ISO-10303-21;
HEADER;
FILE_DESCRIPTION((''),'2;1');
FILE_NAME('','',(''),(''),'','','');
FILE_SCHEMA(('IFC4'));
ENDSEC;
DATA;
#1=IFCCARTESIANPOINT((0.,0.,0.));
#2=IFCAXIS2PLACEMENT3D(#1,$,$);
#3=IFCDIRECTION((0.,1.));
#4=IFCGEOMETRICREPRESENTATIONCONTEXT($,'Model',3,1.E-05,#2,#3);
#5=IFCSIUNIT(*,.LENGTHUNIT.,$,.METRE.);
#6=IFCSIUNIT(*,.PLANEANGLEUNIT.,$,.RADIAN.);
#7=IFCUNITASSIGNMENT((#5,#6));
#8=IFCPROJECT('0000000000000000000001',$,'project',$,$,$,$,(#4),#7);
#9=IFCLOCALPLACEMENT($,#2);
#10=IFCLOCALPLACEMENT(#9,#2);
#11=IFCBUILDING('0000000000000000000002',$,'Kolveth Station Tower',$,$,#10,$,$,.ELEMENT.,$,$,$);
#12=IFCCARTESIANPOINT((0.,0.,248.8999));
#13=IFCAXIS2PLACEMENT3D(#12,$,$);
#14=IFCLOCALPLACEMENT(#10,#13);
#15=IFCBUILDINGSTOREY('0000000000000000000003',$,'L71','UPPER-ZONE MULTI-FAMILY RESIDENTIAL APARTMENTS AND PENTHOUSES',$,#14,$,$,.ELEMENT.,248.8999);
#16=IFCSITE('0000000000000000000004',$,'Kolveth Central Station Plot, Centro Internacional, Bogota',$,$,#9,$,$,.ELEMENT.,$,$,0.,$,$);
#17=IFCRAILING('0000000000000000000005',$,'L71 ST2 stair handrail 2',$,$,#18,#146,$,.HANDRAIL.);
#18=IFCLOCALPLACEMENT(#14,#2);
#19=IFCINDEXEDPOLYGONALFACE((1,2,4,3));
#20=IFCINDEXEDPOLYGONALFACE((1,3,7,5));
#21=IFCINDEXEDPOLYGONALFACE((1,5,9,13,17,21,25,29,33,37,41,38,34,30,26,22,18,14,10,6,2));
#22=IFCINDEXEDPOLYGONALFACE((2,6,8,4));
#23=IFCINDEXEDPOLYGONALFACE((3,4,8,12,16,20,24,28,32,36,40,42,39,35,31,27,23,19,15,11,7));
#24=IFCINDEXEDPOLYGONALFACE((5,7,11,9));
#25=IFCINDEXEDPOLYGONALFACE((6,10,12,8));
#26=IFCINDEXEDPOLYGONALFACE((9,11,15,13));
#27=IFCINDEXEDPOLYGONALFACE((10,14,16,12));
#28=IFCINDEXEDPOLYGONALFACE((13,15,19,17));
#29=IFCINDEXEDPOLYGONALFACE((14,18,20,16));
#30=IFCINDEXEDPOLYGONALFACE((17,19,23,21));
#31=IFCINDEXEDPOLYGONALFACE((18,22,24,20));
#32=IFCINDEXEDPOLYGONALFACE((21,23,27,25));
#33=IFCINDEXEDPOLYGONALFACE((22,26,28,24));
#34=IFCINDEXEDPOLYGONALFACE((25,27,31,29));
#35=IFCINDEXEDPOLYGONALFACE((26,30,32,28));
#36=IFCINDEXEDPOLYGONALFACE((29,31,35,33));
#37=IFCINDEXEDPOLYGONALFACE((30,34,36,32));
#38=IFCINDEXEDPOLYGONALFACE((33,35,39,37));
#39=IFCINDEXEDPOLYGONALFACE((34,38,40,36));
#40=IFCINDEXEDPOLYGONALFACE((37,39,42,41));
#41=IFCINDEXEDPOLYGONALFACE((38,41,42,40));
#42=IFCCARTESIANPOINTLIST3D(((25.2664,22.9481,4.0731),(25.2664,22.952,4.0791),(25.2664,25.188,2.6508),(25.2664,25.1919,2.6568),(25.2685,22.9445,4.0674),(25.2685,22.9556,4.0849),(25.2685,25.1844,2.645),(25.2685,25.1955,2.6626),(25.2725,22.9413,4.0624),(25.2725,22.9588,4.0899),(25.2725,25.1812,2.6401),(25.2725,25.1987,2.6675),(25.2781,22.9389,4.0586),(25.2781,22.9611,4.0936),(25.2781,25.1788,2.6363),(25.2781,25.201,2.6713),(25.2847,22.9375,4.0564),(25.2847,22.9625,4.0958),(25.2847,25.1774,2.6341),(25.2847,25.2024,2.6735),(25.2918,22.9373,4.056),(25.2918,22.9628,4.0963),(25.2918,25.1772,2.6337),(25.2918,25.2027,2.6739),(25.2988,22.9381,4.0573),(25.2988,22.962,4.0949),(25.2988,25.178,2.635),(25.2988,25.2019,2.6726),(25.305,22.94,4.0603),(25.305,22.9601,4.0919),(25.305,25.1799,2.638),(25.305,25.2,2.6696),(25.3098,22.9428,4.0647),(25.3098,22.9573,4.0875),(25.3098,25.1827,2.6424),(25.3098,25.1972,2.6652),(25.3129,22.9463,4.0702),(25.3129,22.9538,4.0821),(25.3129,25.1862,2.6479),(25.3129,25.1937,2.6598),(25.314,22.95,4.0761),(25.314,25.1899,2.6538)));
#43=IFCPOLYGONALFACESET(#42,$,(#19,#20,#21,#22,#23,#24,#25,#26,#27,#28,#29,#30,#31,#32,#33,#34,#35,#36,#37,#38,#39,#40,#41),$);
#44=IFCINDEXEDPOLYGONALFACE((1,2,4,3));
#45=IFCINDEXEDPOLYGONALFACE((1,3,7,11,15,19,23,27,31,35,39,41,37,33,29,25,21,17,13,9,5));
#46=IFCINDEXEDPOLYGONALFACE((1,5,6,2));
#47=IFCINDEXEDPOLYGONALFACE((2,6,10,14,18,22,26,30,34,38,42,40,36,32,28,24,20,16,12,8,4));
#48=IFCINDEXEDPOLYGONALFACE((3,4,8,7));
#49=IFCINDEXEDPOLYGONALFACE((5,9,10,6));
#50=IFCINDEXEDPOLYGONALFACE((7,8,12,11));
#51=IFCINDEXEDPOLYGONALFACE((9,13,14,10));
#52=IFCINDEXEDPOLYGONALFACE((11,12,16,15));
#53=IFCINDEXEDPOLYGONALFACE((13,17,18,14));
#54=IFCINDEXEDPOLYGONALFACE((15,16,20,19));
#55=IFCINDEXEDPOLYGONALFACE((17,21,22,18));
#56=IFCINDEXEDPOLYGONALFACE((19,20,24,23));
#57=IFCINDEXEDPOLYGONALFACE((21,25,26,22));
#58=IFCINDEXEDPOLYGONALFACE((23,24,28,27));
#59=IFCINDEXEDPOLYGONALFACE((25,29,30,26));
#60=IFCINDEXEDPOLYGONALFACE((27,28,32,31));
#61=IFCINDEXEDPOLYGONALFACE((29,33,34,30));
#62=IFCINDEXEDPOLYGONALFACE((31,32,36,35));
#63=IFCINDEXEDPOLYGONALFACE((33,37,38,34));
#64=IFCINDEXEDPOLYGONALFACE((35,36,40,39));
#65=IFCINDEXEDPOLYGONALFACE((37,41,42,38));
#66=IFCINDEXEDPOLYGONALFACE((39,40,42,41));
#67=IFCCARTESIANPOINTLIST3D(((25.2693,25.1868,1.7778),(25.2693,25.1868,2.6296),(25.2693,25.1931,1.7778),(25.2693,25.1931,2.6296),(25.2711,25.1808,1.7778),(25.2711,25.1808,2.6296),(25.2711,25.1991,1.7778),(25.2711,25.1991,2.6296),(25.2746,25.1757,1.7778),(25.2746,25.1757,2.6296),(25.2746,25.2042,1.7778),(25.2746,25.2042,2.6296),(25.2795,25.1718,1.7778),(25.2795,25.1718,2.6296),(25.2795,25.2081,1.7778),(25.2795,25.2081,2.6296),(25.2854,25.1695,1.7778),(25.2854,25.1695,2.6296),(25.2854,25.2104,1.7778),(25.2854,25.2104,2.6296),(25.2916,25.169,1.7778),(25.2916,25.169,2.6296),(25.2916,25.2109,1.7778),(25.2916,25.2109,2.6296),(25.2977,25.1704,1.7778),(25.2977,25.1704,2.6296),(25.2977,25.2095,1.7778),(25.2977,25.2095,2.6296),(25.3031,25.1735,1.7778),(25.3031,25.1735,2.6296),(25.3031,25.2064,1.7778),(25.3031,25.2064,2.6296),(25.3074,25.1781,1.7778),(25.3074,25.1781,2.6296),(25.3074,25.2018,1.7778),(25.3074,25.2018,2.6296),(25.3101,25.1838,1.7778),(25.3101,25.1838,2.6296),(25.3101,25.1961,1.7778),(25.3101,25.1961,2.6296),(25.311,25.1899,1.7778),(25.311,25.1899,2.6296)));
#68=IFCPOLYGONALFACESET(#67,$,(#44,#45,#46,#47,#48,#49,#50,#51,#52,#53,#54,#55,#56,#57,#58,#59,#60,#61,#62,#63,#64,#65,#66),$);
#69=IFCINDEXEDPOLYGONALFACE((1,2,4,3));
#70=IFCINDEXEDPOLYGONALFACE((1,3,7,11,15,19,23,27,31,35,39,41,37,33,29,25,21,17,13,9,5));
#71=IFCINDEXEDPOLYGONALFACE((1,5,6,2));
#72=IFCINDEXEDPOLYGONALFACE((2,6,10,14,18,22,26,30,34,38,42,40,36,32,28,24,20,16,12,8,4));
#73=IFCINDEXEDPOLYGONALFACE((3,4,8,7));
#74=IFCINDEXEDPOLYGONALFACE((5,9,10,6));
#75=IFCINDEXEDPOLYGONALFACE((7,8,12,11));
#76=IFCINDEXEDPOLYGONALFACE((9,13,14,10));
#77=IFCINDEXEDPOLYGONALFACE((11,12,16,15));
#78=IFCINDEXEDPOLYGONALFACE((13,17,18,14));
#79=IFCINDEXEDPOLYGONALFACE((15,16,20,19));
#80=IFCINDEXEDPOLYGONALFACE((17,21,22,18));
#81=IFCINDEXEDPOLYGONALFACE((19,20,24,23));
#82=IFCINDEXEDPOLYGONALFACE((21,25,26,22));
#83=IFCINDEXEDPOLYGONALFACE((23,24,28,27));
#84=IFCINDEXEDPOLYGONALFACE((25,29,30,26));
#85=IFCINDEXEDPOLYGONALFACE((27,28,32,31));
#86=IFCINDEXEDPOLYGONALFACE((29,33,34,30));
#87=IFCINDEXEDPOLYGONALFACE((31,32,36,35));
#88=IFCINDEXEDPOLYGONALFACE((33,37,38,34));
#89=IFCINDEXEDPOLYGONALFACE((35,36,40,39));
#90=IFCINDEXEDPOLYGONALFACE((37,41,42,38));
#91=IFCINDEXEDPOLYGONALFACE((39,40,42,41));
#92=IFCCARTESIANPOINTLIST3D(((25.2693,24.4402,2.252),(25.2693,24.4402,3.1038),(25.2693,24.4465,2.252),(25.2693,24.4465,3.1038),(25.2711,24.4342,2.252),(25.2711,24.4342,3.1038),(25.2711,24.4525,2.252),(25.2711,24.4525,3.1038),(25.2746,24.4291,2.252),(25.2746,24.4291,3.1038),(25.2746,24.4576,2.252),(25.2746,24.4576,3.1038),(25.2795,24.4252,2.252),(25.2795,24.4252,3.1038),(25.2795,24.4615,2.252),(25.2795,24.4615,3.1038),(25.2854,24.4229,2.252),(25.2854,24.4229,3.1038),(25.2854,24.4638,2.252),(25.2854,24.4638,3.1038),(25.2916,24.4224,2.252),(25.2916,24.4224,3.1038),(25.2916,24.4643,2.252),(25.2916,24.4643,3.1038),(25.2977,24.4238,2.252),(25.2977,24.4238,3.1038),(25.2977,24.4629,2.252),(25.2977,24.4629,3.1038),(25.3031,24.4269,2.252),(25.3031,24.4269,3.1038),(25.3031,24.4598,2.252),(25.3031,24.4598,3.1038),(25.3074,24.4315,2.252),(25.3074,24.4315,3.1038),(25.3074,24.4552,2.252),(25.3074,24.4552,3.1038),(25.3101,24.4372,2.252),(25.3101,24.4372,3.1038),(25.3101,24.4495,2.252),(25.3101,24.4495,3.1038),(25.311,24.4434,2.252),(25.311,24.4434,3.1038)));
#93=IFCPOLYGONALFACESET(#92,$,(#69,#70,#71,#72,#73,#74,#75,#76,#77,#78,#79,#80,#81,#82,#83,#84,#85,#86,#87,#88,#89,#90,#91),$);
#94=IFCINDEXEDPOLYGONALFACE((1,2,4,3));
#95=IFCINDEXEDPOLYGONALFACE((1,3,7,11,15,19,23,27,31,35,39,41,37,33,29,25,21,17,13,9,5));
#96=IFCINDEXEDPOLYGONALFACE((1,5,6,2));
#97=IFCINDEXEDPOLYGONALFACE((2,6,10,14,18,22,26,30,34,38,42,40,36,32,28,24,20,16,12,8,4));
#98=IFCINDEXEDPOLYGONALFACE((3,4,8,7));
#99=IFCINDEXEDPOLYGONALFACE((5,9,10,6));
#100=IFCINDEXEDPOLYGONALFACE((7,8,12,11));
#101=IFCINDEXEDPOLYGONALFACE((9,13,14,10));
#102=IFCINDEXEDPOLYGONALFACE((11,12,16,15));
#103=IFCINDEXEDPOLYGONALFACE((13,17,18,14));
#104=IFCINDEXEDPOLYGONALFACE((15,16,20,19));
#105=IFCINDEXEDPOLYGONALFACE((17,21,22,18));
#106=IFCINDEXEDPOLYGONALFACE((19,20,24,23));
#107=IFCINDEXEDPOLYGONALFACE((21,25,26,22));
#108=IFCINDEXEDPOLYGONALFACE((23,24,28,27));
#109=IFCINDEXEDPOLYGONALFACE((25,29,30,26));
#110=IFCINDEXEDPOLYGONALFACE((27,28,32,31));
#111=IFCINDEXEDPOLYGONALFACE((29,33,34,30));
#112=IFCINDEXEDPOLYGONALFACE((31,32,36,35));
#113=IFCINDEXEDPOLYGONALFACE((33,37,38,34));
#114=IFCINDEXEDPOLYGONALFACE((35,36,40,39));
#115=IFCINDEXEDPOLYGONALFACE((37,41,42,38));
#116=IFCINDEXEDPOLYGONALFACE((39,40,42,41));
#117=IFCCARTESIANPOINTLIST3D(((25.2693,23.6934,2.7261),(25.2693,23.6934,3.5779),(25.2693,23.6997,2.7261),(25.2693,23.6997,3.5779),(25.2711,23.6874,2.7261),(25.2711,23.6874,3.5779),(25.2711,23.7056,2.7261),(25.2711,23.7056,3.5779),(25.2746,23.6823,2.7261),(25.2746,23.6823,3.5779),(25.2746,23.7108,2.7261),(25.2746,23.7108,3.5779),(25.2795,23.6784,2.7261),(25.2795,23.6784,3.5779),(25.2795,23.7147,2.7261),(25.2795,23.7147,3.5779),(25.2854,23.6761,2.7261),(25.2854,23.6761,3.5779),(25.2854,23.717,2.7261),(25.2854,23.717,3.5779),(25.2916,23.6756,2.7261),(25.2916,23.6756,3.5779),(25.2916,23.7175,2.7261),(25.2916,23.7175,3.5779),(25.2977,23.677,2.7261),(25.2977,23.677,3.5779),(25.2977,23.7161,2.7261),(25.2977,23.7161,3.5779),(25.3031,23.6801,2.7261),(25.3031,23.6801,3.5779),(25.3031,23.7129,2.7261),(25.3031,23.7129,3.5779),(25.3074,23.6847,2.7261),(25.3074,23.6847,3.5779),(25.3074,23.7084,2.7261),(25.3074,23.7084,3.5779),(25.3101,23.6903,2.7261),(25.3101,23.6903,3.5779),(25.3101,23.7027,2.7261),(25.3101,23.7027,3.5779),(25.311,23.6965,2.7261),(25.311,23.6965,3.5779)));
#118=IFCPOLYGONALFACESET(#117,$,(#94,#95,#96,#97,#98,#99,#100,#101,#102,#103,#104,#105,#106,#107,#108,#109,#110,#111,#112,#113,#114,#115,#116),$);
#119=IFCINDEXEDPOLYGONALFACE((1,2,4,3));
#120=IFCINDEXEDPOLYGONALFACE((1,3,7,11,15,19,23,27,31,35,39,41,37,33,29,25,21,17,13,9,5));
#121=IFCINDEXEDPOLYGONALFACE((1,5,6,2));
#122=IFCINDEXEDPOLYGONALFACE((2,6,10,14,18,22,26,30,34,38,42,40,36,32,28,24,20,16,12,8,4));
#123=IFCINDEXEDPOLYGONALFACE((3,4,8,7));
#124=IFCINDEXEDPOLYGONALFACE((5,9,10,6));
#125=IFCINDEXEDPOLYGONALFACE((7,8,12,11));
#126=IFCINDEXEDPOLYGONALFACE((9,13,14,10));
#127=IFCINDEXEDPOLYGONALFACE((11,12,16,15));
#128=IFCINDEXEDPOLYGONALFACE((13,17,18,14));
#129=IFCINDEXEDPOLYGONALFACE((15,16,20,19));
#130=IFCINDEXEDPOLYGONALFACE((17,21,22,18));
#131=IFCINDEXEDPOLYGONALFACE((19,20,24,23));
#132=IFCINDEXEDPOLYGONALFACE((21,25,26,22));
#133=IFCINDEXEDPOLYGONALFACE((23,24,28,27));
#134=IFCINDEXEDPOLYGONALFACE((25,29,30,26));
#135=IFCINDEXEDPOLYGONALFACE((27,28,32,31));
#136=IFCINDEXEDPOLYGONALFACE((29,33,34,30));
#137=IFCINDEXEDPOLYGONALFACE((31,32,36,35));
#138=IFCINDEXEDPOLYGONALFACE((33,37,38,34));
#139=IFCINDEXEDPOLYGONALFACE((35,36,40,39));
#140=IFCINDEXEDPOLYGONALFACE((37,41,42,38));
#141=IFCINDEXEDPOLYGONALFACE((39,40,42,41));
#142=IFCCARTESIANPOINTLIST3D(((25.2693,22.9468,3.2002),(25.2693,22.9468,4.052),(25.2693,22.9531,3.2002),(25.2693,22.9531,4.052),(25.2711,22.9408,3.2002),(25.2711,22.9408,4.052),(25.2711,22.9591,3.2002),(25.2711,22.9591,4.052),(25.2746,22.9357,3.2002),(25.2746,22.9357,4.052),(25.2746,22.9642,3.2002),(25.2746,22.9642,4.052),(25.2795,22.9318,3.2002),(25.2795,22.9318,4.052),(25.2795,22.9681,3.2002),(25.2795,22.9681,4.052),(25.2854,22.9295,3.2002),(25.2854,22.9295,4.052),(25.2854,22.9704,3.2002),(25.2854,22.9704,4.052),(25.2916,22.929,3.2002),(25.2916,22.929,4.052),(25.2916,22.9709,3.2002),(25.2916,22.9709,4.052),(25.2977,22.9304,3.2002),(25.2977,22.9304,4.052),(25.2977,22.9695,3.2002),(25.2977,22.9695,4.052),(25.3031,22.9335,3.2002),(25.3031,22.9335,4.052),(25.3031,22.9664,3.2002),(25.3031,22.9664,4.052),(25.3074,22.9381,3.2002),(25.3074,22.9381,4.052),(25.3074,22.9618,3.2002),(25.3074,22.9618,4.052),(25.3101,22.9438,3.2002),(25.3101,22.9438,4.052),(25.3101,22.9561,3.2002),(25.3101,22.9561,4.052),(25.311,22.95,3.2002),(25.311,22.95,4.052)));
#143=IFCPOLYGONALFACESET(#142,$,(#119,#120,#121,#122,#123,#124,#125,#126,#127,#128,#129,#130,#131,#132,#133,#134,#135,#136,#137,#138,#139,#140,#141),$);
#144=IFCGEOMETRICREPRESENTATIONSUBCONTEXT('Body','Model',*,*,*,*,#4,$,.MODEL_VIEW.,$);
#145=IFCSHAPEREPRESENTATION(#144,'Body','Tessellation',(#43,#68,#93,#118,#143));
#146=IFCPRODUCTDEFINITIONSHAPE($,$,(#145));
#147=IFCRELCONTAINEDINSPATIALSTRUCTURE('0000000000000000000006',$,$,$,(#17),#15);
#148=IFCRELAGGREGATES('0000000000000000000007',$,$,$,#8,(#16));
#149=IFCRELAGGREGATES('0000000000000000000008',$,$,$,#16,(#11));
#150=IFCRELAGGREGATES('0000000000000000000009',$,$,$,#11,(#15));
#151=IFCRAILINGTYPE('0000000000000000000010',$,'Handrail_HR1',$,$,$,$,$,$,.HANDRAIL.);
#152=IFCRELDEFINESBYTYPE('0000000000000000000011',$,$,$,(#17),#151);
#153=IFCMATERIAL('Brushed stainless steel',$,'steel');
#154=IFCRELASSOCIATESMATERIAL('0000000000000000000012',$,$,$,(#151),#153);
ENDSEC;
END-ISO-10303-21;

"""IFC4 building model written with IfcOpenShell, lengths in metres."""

from ifc_helpers import new_model, si_unit, direction, frame, origin, origin_2d, place, context, subcontext, project, spatial, circle, extrude, material, type_object, element, save


model = new_model("IFC4")

# Units and contexts
model_context = context("Model", 3, precision=1e-05, world=origin(), true_north=direction((0.0, 1.0)))
body_context = subcontext(model_context, "Body", "Model", "MODEL_VIEW")
ifc_project = project(units=[si_unit("LENGTHUNIT", "METRE"), si_unit("PLANEANGLEUNIT", "RADIAN")], contexts=[model_context])

# Site, building, storey
site_placement = place(None, origin())
site = spatial("IfcSite", under=ifc_project, at=site_placement, Name="Kolveth Central Station Plot, Centro Internacional, Bogota", CompositionType="ELEMENT", RefElevation=0.0)
building_placement = place(site_placement, origin())
building = spatial("IfcBuilding", under=site, at=building_placement, Name="Kolveth Station Tower", CompositionType="ELEMENT")
storey_placement = place(building_placement, frame((0.0, 0.0, 248.8999)))
storey = spatial("IfcBuildingStorey", under=building, at=storey_placement, Name="L71", Description="UPPER-ZONE MULTI-FAMILY RESIDENTIAL APARTMENTS AND PENTHOUSES", CompositionType="ELEMENT", Elevation=248.8999)

# Railing
ifc_material_1 = material(Name="Brushed stainless steel", Category="steel")
railing_type_1 = type_object("IfcRailingType", Name="Handrail_HR1", PredefinedType="HANDRAIL", material=ifc_material_1)
railing_1_placement = place(storey_placement, frame((25.29, 25.1899, 1.7778)))
element("IfcRailing", 1, at=railing_1_placement, inside=storey, type_object=railing_type_1, Name="L71 ST2 stair handrail 2", PredefinedType="HANDRAIL", context=body_context, shape_type="SweptSolid", body=[
    extrude(circle(Radius=0.0239, at=origin_2d()), frame((0.0, 0.0, 0.876), z_axis=(0.0, -0.844188, 0.536048), x_axis=(1.0, 0.0, 0.0)), (0.0, 0.0, 1.0), 2.6533),
    extrude(circle(Radius=0.021, at=origin_2d()), origin(), (0.0, 0.0, 1.0), 0.8518),
    extrude(circle(Radius=0.021, at=origin_2d()), frame((0.0, -0.7466, 0.4741)), (0.0, 0.0, 1.0), 0.8518),
    extrude(circle(Radius=0.021, at=origin_2d()), frame((0.0, -1.4934, 0.9482)), (0.0, 0.0, 1.0), 0.8518),
    extrude(circle(Radius=0.021, at=origin_2d()), frame((0.0, -2.24, 1.4224)), (0.0, 0.0, 1.0), 0.8518),
])

save(model, "model.ifc")
